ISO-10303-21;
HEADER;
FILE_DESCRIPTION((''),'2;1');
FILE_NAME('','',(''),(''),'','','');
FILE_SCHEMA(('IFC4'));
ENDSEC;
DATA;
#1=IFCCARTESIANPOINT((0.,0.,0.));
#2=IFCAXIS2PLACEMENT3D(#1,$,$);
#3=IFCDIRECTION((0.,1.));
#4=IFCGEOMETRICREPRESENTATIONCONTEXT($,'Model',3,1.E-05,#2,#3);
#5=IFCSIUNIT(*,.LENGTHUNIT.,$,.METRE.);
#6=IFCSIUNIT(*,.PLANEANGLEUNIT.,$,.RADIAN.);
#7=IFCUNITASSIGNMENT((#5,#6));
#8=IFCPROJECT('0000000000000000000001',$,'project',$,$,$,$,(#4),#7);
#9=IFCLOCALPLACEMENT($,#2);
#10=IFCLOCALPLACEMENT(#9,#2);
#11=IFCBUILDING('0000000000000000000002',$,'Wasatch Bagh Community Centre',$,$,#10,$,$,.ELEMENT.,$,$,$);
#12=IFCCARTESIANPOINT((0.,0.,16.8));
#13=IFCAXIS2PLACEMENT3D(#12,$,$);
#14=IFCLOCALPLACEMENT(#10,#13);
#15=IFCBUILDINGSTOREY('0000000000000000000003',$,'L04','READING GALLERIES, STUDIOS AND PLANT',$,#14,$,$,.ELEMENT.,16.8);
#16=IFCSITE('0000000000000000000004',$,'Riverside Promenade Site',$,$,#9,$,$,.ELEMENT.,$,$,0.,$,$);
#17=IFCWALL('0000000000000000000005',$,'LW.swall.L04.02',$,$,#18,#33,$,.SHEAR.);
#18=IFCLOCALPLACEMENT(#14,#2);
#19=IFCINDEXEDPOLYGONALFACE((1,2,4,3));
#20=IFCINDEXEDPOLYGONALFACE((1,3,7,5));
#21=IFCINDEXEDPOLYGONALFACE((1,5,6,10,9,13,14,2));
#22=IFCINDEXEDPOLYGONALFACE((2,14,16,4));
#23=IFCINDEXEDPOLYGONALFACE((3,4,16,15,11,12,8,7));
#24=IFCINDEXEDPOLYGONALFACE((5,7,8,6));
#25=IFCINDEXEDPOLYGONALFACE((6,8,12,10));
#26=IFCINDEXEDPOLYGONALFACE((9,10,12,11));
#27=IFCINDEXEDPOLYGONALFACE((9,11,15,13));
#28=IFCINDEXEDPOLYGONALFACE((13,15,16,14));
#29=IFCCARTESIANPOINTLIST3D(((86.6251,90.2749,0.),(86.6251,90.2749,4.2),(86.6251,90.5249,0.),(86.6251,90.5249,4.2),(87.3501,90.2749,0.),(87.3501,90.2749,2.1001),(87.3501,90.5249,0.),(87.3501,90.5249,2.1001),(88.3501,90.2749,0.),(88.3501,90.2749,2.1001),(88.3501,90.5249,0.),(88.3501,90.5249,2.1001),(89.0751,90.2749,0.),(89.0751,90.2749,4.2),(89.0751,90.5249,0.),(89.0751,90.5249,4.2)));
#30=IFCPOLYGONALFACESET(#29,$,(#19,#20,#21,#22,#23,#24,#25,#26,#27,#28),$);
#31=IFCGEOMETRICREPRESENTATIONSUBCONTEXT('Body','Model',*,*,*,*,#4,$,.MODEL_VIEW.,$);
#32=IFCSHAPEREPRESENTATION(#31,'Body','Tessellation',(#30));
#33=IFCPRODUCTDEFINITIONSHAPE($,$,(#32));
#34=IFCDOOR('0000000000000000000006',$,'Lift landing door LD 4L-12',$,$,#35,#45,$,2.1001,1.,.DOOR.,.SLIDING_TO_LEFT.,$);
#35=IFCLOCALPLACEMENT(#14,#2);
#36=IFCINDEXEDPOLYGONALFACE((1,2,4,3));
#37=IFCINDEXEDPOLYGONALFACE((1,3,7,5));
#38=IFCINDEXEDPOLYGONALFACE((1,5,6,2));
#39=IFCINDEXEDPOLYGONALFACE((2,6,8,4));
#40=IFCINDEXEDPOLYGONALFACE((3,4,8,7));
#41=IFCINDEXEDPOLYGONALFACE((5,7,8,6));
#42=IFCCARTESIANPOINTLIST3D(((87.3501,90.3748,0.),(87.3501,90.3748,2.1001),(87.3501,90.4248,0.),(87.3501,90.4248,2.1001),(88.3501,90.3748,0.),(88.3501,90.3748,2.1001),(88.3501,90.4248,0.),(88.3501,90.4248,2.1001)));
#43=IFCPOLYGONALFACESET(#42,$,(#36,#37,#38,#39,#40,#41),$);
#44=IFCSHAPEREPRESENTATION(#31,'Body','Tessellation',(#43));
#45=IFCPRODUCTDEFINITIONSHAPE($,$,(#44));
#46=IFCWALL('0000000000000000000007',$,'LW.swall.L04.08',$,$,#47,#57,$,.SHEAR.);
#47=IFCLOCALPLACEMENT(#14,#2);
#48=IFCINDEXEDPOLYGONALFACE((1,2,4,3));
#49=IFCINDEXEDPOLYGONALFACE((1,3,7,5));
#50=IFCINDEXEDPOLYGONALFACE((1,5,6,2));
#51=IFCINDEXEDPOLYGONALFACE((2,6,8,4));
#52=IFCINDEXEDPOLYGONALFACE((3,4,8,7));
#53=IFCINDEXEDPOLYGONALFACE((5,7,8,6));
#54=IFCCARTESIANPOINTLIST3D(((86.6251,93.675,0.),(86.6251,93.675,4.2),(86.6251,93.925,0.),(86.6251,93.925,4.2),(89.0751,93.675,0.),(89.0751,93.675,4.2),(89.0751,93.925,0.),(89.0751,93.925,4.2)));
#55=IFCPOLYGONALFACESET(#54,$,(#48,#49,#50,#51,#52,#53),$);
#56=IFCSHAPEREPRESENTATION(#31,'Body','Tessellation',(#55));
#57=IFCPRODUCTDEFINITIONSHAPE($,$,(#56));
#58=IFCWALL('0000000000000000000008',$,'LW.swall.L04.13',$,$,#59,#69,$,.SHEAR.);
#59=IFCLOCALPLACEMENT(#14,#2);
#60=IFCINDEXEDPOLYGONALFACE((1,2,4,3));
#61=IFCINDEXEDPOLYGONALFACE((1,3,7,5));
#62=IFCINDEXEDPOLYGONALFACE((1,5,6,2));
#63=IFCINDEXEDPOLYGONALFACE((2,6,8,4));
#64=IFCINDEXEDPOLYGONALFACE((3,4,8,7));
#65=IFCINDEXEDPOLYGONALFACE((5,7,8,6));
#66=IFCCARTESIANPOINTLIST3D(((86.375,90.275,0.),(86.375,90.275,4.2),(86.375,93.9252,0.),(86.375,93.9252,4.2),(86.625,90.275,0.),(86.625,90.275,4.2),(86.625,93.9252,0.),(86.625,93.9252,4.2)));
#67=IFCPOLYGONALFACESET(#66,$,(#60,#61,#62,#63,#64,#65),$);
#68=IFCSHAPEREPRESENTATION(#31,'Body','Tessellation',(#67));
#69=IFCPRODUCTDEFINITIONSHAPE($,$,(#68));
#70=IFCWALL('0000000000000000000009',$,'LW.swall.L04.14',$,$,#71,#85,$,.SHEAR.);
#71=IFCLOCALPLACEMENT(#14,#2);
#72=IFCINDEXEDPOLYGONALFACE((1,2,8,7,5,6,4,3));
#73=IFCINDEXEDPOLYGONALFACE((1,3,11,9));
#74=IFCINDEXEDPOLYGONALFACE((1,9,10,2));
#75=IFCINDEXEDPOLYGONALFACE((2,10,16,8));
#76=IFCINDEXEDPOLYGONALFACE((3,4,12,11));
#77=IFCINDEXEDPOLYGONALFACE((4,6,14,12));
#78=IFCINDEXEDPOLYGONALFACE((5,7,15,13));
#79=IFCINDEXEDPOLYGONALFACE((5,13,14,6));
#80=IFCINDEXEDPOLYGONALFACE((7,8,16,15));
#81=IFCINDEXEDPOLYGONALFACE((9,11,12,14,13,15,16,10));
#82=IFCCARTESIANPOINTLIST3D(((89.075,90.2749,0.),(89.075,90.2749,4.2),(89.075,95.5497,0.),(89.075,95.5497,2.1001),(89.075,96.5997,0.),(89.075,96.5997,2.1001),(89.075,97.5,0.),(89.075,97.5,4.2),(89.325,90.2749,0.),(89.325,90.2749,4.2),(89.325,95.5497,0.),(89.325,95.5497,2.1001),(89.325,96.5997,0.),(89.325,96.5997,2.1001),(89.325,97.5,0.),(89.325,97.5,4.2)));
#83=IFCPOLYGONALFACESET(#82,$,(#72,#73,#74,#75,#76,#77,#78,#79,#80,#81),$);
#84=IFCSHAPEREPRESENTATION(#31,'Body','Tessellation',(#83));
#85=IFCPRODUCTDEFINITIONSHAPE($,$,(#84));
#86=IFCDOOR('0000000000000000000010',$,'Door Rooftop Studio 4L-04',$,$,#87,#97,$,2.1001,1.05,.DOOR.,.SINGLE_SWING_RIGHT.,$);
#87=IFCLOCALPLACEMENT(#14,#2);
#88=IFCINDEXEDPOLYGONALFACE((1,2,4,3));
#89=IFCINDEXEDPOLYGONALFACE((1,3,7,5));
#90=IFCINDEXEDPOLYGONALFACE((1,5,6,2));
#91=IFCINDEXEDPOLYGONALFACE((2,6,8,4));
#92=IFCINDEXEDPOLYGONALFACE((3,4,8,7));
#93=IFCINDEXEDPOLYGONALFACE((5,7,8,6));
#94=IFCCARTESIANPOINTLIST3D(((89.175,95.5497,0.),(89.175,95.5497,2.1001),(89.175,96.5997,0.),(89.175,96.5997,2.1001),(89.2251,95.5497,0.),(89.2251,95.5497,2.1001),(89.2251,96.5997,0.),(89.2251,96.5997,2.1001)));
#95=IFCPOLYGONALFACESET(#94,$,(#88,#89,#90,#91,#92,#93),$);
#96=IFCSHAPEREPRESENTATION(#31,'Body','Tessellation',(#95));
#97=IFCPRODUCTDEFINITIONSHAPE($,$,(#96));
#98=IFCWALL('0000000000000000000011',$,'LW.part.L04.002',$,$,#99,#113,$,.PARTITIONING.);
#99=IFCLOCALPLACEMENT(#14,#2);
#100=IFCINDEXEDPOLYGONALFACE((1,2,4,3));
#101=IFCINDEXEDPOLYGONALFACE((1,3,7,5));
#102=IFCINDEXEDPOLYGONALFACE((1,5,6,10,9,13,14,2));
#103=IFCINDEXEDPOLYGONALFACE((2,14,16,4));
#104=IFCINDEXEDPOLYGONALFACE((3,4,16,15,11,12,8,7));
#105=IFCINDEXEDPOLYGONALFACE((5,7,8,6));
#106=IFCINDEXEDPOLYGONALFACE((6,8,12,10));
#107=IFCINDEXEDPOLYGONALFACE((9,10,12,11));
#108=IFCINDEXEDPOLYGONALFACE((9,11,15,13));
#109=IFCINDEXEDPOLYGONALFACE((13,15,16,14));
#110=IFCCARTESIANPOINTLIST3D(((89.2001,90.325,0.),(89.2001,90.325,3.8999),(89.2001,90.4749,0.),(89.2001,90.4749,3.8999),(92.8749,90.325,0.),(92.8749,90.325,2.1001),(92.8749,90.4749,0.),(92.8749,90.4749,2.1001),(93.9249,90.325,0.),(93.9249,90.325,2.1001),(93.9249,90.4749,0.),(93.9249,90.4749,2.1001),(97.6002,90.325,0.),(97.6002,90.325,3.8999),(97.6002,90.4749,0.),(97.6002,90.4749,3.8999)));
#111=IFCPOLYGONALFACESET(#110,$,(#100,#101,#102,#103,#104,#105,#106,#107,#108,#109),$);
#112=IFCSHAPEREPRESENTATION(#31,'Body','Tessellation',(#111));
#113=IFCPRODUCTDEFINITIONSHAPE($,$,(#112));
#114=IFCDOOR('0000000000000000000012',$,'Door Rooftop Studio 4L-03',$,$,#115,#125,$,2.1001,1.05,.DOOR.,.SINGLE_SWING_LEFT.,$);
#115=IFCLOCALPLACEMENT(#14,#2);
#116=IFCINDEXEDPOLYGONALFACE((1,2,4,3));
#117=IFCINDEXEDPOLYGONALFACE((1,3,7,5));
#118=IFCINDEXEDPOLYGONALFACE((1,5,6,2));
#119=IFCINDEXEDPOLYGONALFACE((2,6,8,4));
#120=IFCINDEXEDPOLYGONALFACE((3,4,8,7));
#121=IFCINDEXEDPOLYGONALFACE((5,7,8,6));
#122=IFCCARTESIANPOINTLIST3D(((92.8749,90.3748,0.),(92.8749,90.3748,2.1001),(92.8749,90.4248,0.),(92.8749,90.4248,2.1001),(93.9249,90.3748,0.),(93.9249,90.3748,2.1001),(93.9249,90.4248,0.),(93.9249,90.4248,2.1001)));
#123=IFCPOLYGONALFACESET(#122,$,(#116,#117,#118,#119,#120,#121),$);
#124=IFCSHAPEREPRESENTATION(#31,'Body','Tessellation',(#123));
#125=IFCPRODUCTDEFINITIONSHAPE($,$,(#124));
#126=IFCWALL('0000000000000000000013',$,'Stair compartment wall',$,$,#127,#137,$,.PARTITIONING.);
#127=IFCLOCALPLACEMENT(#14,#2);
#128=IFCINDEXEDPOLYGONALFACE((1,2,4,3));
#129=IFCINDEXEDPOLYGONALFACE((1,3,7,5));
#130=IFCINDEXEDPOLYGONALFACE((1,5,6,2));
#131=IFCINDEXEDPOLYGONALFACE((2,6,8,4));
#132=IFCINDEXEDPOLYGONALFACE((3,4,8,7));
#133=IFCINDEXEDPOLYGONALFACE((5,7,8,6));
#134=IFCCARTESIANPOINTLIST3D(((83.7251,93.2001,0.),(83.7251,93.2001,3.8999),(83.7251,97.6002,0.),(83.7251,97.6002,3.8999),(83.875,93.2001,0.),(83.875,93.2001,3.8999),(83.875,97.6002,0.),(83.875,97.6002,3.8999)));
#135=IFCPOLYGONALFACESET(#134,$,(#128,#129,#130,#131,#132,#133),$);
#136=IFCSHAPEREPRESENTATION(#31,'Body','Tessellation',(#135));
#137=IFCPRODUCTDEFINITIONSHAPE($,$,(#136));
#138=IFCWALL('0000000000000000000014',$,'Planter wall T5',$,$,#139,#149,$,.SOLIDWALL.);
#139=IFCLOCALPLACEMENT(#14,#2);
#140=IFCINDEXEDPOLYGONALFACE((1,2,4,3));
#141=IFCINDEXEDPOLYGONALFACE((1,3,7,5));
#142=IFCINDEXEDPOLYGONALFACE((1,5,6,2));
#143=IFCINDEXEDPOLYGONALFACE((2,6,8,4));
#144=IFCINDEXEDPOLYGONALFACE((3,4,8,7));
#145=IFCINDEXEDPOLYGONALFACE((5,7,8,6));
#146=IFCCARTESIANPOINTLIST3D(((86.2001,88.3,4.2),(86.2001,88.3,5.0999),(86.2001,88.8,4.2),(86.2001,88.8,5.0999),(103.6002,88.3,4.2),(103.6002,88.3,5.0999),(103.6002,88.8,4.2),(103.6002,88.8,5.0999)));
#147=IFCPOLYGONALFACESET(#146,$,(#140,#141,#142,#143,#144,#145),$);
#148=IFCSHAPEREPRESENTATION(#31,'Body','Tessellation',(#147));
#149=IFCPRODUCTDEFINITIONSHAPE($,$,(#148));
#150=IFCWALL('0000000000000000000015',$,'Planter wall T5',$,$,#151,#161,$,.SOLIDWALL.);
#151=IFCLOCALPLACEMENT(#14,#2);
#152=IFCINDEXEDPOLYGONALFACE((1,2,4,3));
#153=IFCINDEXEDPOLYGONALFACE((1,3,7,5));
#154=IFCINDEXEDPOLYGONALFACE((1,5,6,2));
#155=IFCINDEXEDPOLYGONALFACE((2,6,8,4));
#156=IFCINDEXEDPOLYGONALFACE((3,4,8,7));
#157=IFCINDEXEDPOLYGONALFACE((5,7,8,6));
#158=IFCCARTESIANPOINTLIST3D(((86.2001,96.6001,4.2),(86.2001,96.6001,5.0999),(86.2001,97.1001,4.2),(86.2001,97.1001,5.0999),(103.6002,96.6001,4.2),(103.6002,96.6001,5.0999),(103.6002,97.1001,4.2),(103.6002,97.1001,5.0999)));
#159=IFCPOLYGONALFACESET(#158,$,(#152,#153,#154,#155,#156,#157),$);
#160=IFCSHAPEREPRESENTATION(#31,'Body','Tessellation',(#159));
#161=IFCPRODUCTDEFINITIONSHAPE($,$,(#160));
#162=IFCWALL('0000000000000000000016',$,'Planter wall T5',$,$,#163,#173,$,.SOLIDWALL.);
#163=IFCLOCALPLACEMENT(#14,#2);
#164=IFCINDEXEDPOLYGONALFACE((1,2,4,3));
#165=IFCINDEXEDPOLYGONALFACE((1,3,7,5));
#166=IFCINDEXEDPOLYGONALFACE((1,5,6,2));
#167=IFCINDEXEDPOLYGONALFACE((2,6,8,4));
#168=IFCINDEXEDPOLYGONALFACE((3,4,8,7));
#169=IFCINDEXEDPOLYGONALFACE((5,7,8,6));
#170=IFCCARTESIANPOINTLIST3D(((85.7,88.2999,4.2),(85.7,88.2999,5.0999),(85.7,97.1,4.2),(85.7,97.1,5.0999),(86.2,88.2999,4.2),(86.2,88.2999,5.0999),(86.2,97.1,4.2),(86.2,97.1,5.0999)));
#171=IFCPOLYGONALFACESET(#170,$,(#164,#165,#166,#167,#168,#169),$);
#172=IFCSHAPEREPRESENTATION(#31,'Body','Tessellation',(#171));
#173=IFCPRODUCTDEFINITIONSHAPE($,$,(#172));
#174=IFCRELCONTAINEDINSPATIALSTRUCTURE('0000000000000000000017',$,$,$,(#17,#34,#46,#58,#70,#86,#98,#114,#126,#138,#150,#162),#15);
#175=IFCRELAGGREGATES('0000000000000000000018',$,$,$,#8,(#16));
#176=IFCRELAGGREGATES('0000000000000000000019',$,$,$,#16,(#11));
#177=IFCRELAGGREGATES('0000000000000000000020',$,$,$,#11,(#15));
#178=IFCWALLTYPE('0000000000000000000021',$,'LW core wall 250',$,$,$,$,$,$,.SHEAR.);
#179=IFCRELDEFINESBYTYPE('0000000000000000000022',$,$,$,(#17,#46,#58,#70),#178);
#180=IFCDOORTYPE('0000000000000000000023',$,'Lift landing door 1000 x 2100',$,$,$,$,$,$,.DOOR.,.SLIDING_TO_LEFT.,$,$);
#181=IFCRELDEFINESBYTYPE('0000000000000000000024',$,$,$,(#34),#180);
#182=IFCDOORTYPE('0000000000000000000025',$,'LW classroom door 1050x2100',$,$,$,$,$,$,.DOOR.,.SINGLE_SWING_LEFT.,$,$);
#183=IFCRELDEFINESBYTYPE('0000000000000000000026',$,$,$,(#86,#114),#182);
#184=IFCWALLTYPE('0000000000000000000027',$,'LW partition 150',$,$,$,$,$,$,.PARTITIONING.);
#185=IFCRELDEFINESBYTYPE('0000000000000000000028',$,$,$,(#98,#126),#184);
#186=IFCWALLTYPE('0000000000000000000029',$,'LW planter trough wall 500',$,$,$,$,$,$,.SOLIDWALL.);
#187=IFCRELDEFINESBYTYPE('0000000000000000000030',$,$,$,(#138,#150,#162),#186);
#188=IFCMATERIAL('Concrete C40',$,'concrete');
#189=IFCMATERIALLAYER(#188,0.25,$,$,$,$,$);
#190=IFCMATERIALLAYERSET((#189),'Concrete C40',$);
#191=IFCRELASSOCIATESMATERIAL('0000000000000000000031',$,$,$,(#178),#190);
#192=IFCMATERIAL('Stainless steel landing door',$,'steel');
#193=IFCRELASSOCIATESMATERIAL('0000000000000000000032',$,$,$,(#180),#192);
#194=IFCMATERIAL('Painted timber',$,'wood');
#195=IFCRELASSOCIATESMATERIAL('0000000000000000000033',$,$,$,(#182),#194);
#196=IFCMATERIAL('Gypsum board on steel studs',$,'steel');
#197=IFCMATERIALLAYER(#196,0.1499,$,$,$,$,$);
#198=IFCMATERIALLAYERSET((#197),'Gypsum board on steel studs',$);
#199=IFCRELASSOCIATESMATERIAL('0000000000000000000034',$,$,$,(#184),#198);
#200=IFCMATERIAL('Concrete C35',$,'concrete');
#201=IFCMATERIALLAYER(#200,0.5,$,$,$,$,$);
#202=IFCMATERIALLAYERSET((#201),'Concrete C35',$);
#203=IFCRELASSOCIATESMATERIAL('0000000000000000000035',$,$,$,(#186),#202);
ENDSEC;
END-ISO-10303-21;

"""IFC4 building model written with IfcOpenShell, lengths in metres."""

from ifc_helpers import new_model, si_unit, direction, frame, frame_2d, origin, place, context, subcontext, project, spatial, rectangle, extrude, material, layer, layer_set, type_object, element, fill, save


model = new_model("IFC4")

# Units and contexts
model_context = context("Model", 3, precision=1e-05, world=origin(), true_north=direction((0.0, 1.0)))
body_context = subcontext(model_context, "Body", "Model", "MODEL_VIEW")
ifc_project = project(units=[si_unit("LENGTHUNIT", "METRE"), si_unit("PLANEANGLEUNIT", "RADIAN")], contexts=[model_context])

# Site, building, storey
site_placement = place(None, origin())
site = spatial("IfcSite", under=ifc_project, at=site_placement, Name="Riverside Promenade Site", CompositionType="ELEMENT", RefElevation=0.0)
building_placement = place(site_placement, origin())
building = spatial("IfcBuilding", under=site, at=building_placement, Name="Wasatch Bagh Community Centre", CompositionType="ELEMENT")
storey_placement = place(building_placement, frame((0.0, 0.0, 16.8)))
storey = spatial("IfcBuildingStorey", under=building, at=storey_placement, Name="L04", Description="READING GALLERIES, STUDIOS AND PLANT", CompositionType="ELEMENT", Elevation=16.8)

# Shared definitions
ifc_material_1 = material(Name="Concrete C40", Category="concrete")

# Shared definitions
ifc_material_2 = material(Name="Concrete C35", Category="concrete")

# Wall, opening, door
ifc_layer_1 = layer(ifc_material_1, 0.25)
ifc_layer_set_1 = layer_set([ifc_layer_1], Name="Concrete C40")
wall_type_1 = type_object("IfcWallType", Name="LW core wall 250", PredefinedType="SHEAR", material=ifc_layer_set_1)
wall_1_placement = place(storey_placement, frame((86.625, 90.3999, 0.0), z_axis=(0.0, 0.0, 1.0), x_axis=(1.0, 0.0, 0.0)))
wall_1 = element("IfcWall", 1, at=wall_1_placement, inside=storey, type_object=wall_type_1, Name="LW.swall.L04.02", PredefinedType="SHEAR", context=body_context, shape_type="SweptSolid", body=[
    extrude(rectangle(XDim=2.45, YDim=0.25, at=frame_2d((1.2251, 0.0))), origin(), (0.0, 0.0, 1.0), 4.2),
])
opening_1_placement = place(wall_1_placement, frame((0.7251, 0.0, 0.0)))
opening_1 = element("IfcOpeningElement", 2, at=opening_1_placement, cuts=wall_1, PredefinedType="OPENING", context=body_context, shape_type="SweptSolid", body=[
    extrude(rectangle(XDim=1.0, YDim=2.1001, at=frame_2d((0.5, 1.05))), frame((0.0, 0.135, 0.0), z_axis=(0.0, -1.0, 0.0), x_axis=(1.0, 0.0, 0.0)), (0.0, 0.0, 1.0), 0.27),
])
ifc_material_3 = material(Name="Stainless steel landing door", Category="steel")
door_type_1 = type_object("IfcDoorType", Name="Lift landing door 1000 x 2100", OperationType="SLIDING_TO_LEFT", PredefinedType="DOOR", material=ifc_material_3)
door_1_placement = place(opening_1_placement, origin())
door_1 = element("IfcDoor", 3, at=door_1_placement, inside=storey, type_object=door_type_1, Name="Lift landing door LD 4L-12", OperationType="SLIDING_TO_LEFT", OverallHeight=2.1001, OverallWidth=1.0, PredefinedType="DOOR", context=body_context, shape_type="SweptSolid", body=[
    extrude(rectangle(XDim=1.0, YDim=2.1001, at=frame_2d((0.5, 1.05))), frame((0.0, 0.0249, 0.0), z_axis=(0.0, -1.0, 0.0), x_axis=(1.0, 0.0, 0.0)), (0.0, 0.0, 1.0), 0.05),
])
fill(opening_1, door_1)

# Walls
wall_2_placement = place(storey_placement, frame((86.625, 93.8, 0.0), z_axis=(0.0, 0.0, 1.0), x_axis=(1.0, 0.0, 0.0)))
element("IfcWall", 4, at=wall_2_placement, inside=storey, type_object=wall_type_1, Name="LW.swall.L04.08", PredefinedType="SHEAR", context=body_context, shape_type="SweptSolid", body=[
    extrude(rectangle(XDim=2.45, YDim=0.25, at=frame_2d((1.2251, 0.0))), origin(), (0.0, 0.0, 1.0), 4.2),
])
wall_3_placement = place(storey_placement, frame((86.5, 90.2749, 0.0), z_axis=(0.0, 0.0, 1.0), x_axis=(0.0, 1.0, 0.0)))
element("IfcWall", 5, at=wall_3_placement, inside=storey, type_object=wall_type_1, Name="LW.swall.L04.13", PredefinedType="SHEAR", context=body_context, shape_type="SweptSolid", body=[
    extrude(rectangle(XDim=3.6501, YDim=0.25, at=frame_2d((1.8252, 0.0))), origin(), (0.0, 0.0, 1.0), 4.2),
])

# Wall, opening, door
wall_4_placement = place(storey_placement, frame((89.2, 90.2749, 0.0), z_axis=(0.0, 0.0, 1.0), x_axis=(0.0, 1.0, 0.0)))
wall_4 = element("IfcWall", 6, at=wall_4_placement, inside=storey, type_object=wall_type_1, Name="LW.swall.L04.14", PredefinedType="SHEAR", context=body_context, shape_type="SweptSolid", body=[
    extrude(rectangle(XDim=7.2251, YDim=0.25, at=frame_2d((3.6125, 0.0))), origin(), (0.0, 0.0, 1.0), 4.2),
])
opening_2_placement = place(wall_4_placement, frame((5.2749, 0.0, 0.0)))
opening_2 = element("IfcOpeningElement", 7, at=opening_2_placement, cuts=wall_4, PredefinedType="OPENING", context=body_context, shape_type="SweptSolid", body=[
    extrude(rectangle(XDim=1.05, YDim=2.1001, at=frame_2d((0.5249, 1.05))), frame((0.0, 0.135, 0.0), z_axis=(0.0, -1.0, 0.0), x_axis=(1.0, 0.0, 0.0)), (0.0, 0.0, 1.0), 0.27),
])
ifc_material_4 = material(Name="Painted timber", Category="wood")
door_type_2 = type_object("IfcDoorType", Name="LW classroom door 1050x2100", OperationType="SINGLE_SWING_LEFT", PredefinedType="DOOR", material=ifc_material_4)
door_2_placement = place(opening_2_placement, origin())
door_2 = element("IfcDoor", 8, at=door_2_placement, inside=storey, type_object=door_type_2, Name="Door Rooftop Studio 4L-04", OperationType="SINGLE_SWING_RIGHT", OverallHeight=2.1001, OverallWidth=1.05, PredefinedType="DOOR", context=body_context, shape_type="SweptSolid", body=[
    extrude(rectangle(XDim=1.05, YDim=2.1001, at=frame_2d((0.5249, 1.05))), frame((0.0, 0.0249, 0.0), z_axis=(0.0, -1.0, 0.0), x_axis=(1.0, 0.0, 0.0)), (0.0, 0.0, 1.0), 0.05),
])
fill(opening_2, door_2)

# Wall, opening, door
ifc_material_5 = material(Name="Gypsum board on steel studs", Category="steel")
ifc_layer_2 = layer(ifc_material_5, 0.1499)
ifc_layer_set_2 = layer_set([ifc_layer_2], Name="Gypsum board on steel studs")
wall_type_2 = type_object("IfcWallType", Name="LW partition 150", PredefinedType="PARTITIONING", material=ifc_layer_set_2)
wall_5_placement = place(storey_placement, frame((89.2, 90.3999, 0.0), z_axis=(0.0, 0.0, 1.0), x_axis=(1.0, 0.0, 0.0)))
wall_5 = element("IfcWall", 9, at=wall_5_placement, inside=storey, type_object=wall_type_2, Name="LW.part.L04.002", PredefinedType="PARTITIONING", context=body_context, shape_type="SweptSolid", body=[
    extrude(rectangle(XDim=8.4001, YDim=0.1499, at=frame_2d((4.2002, 0.0))), origin(), (0.0, 0.0, 1.0), 3.8999),
])
opening_3_placement = place(wall_5_placement, frame((3.675, 0.0, 0.0)))
opening_3 = element("IfcOpeningElement", 10, at=opening_3_placement, cuts=wall_5, PredefinedType="OPENING", context=body_context, shape_type="SweptSolid", body=[
    extrude(rectangle(XDim=1.05, YDim=2.1001, at=frame_2d((0.5249, 1.05))), frame((0.0, 0.085, 0.0), z_axis=(0.0, -1.0, 0.0), x_axis=(1.0, 0.0, 0.0)), (0.0, 0.0, 1.0), 0.1699),
])
door_3_placement = place(opening_3_placement, origin())
door_3 = element("IfcDoor", 11, at=door_3_placement, inside=storey, type_object=door_type_2, Name="Door Rooftop Studio 4L-03", OperationType="SINGLE_SWING_LEFT", OverallHeight=2.1001, OverallWidth=1.05, PredefinedType="DOOR", context=body_context, shape_type="SweptSolid", body=[
    extrude(rectangle(XDim=1.05, YDim=2.1001, at=frame_2d((0.5249, 1.05))), frame((0.0, 0.0249, 0.0), z_axis=(0.0, -1.0, 0.0), x_axis=(1.0, 0.0, 0.0)), (0.0, 0.0, 1.0), 0.05),
])
fill(opening_3, door_3)

# Walls
wall_6_placement = place(storey_placement, frame((83.8, 93.2, 0.0), z_axis=(0.0, 0.0, 1.0), x_axis=(0.0, 1.0, 0.0)))
element("IfcWall", 12, at=wall_6_placement, inside=storey, type_object=wall_type_2, Name="Stair compartment wall", PredefinedType="PARTITIONING", context=body_context, shape_type="SweptSolid", body=[
    extrude(rectangle(XDim=4.4001, YDim=0.1499, at=frame_2d((2.2002, 0.0))), origin(), (0.0, 0.0, 1.0), 3.8999),
])
ifc_layer_3 = layer(ifc_material_2, 0.5)
ifc_layer_set_3 = layer_set([ifc_layer_3], Name="Concrete C35")
wall_type_3 = type_object("IfcWallType", Name="LW planter trough wall 500", PredefinedType="SOLIDWALL", material=ifc_layer_set_3)
for number, where, z_axis, x_axis, name in (
    (13, (86.2, 88.55, 4.2), (0.0, 0.0, 1.0), (1.0, 0.0, 0.0), "Planter wall T5"),
    (14, (86.2, 96.8501, 4.2), (0.0, 0.0, 1.0), (1.0, 0.0, 0.0), "Planter wall T5"),
):
    element("IfcWall", number, at=place(storey_placement, frame(where, z_axis=z_axis, x_axis=x_axis)), inside=storey, type_object=wall_type_3, Name=name, PredefinedType="SOLIDWALL", context=body_context, shape_type="SweptSolid", body=[
        extrude(rectangle(XDim=17.4001, YDim=0.5, at=frame_2d((8.7002, 0.0))), origin(), (0.0, 0.0, 1.0), 0.8999),
    ])
wall_7_placement = place(storey_placement, frame((85.95, 88.3, 4.2), z_axis=(0.0, 0.0, 1.0), x_axis=(0.0, 1.0, 0.0)))
element("IfcWall", 15, at=wall_7_placement, inside=storey, type_object=wall_type_3, Name="Planter wall T5", PredefinedType="SOLIDWALL", context=body_context, shape_type="SweptSolid", body=[
    extrude(rectangle(XDim=8.8, YDim=0.5, at=frame_2d((4.3999, 0.0))), origin(), (0.0, 0.0, 1.0), 0.8999),
])

save(model, "model.ifc")
